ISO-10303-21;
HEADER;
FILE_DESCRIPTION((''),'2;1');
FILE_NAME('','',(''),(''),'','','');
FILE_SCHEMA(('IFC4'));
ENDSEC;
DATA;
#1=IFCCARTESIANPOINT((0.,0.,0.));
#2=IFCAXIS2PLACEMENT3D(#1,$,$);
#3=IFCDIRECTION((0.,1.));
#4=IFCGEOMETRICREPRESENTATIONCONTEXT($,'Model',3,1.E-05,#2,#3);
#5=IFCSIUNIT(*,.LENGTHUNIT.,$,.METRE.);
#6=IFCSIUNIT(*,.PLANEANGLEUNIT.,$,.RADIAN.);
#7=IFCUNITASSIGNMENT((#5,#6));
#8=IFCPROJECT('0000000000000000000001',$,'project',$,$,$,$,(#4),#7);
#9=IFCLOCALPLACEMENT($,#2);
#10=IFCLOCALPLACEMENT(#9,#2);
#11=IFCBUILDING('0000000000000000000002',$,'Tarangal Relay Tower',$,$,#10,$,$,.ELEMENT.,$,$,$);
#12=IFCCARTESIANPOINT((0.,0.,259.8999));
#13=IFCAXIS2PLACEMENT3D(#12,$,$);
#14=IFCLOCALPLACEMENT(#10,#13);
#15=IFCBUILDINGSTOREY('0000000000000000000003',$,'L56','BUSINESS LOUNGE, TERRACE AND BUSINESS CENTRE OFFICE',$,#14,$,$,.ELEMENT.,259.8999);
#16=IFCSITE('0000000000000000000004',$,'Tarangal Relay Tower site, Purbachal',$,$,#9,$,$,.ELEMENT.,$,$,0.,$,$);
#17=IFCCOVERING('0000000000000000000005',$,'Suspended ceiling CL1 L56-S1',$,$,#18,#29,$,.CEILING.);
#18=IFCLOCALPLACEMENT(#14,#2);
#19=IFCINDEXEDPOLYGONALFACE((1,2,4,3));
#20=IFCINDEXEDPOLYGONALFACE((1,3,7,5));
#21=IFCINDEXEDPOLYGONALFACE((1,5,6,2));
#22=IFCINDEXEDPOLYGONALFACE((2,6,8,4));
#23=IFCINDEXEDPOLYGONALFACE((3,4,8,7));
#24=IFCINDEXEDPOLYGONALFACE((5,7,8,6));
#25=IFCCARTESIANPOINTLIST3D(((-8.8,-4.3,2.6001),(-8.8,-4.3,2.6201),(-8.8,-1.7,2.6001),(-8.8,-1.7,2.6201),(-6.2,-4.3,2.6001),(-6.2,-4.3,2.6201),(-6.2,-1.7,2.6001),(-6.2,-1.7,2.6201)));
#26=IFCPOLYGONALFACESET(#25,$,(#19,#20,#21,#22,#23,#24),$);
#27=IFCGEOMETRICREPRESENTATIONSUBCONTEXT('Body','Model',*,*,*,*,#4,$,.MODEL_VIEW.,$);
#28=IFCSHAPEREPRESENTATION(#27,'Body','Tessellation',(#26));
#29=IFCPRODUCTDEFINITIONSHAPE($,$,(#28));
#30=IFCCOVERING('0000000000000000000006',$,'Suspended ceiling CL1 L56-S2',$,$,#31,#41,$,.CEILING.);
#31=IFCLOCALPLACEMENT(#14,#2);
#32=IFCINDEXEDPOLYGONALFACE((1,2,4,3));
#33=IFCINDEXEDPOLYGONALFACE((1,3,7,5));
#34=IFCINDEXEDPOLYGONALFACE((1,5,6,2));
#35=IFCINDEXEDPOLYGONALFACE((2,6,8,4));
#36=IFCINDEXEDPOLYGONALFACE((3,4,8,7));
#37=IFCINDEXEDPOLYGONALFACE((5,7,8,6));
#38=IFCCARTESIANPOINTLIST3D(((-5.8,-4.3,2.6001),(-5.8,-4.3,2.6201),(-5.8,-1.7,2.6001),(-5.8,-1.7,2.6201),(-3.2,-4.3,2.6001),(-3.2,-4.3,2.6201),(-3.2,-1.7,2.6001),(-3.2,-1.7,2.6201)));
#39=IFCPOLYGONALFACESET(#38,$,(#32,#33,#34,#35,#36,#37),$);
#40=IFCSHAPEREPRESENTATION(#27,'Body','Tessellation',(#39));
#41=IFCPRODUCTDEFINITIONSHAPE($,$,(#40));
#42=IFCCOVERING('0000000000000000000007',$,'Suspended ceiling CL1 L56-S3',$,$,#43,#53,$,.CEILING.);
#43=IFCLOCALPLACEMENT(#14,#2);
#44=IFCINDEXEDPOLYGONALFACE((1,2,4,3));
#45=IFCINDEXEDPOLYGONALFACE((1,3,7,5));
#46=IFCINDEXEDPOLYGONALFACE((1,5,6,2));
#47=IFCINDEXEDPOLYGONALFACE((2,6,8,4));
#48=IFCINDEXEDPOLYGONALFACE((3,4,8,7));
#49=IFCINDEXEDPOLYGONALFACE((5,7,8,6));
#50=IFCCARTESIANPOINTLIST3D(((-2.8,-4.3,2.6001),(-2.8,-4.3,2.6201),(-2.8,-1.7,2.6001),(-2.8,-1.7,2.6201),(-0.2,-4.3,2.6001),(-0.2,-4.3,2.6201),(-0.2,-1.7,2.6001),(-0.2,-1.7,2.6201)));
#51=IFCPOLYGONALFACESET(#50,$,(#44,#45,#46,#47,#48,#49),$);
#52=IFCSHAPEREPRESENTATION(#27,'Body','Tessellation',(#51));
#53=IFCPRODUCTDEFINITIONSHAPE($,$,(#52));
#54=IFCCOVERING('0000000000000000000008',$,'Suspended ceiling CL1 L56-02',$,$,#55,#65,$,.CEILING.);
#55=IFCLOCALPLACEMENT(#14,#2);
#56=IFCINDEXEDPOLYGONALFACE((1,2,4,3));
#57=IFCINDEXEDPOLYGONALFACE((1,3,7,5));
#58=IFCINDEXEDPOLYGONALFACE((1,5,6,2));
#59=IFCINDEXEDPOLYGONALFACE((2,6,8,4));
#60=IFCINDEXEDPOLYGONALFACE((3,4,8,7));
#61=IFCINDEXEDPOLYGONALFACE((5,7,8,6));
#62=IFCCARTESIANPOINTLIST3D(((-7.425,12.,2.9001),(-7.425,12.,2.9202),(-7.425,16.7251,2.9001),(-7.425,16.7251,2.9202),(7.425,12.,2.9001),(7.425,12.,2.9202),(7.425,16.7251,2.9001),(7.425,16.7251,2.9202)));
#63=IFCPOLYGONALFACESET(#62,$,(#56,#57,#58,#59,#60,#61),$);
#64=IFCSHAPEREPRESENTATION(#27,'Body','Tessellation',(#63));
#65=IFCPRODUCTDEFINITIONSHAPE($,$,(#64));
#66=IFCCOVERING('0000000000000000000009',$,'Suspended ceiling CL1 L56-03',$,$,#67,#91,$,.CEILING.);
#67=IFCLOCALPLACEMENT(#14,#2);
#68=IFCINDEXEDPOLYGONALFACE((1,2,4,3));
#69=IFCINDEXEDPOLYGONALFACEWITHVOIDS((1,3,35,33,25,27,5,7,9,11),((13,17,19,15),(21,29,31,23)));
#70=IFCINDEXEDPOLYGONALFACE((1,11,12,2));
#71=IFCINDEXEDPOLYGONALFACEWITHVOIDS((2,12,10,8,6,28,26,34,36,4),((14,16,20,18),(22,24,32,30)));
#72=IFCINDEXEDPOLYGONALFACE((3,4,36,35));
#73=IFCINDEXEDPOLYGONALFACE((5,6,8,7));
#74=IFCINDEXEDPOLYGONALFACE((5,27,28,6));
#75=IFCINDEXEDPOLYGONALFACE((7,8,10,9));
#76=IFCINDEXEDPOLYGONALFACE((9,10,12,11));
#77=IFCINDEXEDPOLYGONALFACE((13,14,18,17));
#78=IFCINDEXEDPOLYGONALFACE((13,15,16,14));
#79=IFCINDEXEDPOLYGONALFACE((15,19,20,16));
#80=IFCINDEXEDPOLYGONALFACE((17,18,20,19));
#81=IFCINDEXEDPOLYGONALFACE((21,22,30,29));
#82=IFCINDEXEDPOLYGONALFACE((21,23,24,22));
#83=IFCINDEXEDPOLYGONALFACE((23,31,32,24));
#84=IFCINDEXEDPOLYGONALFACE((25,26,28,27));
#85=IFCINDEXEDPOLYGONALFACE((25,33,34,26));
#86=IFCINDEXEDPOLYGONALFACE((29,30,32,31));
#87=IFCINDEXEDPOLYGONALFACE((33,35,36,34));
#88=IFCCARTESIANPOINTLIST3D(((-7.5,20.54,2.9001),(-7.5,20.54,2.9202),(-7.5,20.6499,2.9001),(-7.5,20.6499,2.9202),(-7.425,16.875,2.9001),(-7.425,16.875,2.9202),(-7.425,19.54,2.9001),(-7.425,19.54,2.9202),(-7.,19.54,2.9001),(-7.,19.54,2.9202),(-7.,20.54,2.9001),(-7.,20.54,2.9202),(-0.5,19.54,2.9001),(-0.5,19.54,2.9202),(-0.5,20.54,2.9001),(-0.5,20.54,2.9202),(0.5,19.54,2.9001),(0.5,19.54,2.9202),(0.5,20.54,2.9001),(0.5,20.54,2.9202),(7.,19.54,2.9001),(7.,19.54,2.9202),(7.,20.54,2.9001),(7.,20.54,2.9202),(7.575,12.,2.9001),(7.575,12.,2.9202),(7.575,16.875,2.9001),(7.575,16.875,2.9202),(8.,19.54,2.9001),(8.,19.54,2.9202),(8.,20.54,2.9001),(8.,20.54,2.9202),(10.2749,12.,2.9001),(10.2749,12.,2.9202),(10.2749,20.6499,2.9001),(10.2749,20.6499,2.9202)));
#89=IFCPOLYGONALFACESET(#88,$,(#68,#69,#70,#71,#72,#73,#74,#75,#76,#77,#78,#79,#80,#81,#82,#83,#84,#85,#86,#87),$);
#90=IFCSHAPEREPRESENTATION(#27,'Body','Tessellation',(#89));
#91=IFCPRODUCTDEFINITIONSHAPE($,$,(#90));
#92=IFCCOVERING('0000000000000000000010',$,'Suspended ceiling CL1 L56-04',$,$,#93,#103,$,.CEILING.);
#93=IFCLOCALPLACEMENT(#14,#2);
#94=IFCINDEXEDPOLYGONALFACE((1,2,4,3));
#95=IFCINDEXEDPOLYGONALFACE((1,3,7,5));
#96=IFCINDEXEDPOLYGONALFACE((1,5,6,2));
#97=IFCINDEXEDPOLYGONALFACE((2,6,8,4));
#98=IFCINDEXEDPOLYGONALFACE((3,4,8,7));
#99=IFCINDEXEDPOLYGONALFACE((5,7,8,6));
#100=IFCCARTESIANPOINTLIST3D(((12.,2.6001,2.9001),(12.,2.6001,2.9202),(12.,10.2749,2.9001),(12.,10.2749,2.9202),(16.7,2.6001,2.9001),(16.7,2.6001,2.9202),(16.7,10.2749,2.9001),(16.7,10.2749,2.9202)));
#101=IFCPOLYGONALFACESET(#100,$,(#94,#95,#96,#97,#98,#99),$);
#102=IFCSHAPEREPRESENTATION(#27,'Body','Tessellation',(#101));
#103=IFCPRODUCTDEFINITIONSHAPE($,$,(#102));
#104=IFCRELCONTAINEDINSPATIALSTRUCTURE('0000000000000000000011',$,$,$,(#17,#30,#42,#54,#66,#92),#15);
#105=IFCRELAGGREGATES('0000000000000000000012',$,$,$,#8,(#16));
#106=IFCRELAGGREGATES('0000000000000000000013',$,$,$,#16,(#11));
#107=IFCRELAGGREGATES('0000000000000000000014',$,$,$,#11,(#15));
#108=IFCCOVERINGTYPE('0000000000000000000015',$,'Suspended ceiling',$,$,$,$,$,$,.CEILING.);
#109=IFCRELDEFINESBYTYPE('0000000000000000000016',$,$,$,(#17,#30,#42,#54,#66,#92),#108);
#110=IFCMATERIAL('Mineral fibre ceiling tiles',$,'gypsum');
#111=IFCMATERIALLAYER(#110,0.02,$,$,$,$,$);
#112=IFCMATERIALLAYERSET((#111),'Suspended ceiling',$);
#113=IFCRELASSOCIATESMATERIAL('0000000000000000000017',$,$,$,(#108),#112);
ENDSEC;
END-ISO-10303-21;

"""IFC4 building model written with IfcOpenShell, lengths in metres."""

from ifc_helpers import new_model, si_unit, direction, frame, origin, place, context, subcontext, project, spatial, polyline, outline, extrude, material, layer, layer_set, type_object, element, save


model = new_model("IFC4")

# Units and contexts
model_context = context("Model", 3, precision=1e-05, world=origin(), true_north=direction((0.0, 1.0)))
body_context = subcontext(model_context, "Body", "Model", "MODEL_VIEW")
ifc_project = project(units=[si_unit("LENGTHUNIT", "METRE"), si_unit("PLANEANGLEUNIT", "RADIAN")], contexts=[model_context])

# Site, building, storey
site_placement = place(None, origin())
site = spatial("IfcSite", under=ifc_project, at=site_placement, Name="Tarangal Relay Tower site, Purbachal", CompositionType="ELEMENT", RefElevation=0.0)
building_placement = place(site_placement, origin())
building = spatial("IfcBuilding", under=site, at=building_placement, Name="Tarangal Relay Tower", CompositionType="ELEMENT")
storey_placement = place(building_placement, frame((0.0, 0.0, 259.8999)))
storey = spatial("IfcBuildingStorey", under=building, at=storey_placement, Name="L56", Description="BUSINESS LOUNGE, TERRACE AND BUSINESS CENTRE OFFICE", CompositionType="ELEMENT", Elevation=259.8999)

# Coverings
ifc_material_1 = material(Name="Mineral fibre ceiling tiles", Category="gypsum")
ifc_layer_1 = layer(ifc_material_1, 0.02)
ifc_layer_set_1 = layer_set([ifc_layer_1], Name="Suspended ceiling")
covering_type_1 = type_object("IfcCoveringType", Name="Suspended ceiling", PredefinedType="CEILING", material=ifc_layer_set_1)
covering_1_placement = place(storey_placement, frame((0.0, 0.0, 2.6001)))
element("IfcCovering", 1, at=covering_1_placement, inside=storey, type_object=covering_type_1, Name="Suspended ceiling CL1 L56-S1", PredefinedType="CEILING", context=body_context, shape_type="SweptSolid", body=[
    extrude(outline(polyline([(-8.8, -4.3), (-6.2, -4.3), (-6.2, -1.7), (-8.8, -1.7), (-8.8, -4.3)])), origin(), (0.0, 0.0, 1.0), 0.02),
])
covering_2_placement = place(storey_placement, frame((0.0, 0.0, 2.6001)))
element("IfcCovering", 2, at=covering_2_placement, inside=storey, type_object=covering_type_1, Name="Suspended ceiling CL1 L56-S2", PredefinedType="CEILING", context=body_context, shape_type="SweptSolid", body=[
    extrude(outline(polyline([(-5.8, -4.3), (-3.2, -4.3), (-3.2, -1.7), (-5.8, -1.7), (-5.8, -4.3)])), origin(), (0.0, 0.0, 1.0), 0.02),
])
covering_3_placement = place(storey_placement, frame((0.0, 0.0, 2.6001)))
element("IfcCovering", 3, at=covering_3_placement, inside=storey, type_object=covering_type_1, Name="Suspended ceiling CL1 L56-S3", PredefinedType="CEILING", context=body_context, shape_type="SweptSolid", body=[
    extrude(outline(polyline([(-2.8, -4.3), (-0.2, -4.3), (-0.2, -1.7), (-2.8, -1.7), (-2.8, -4.3)])), origin(), (0.0, 0.0, 1.0), 0.02),
])
covering_4_placement = place(storey_placement, frame((0.0, 0.0, 2.9001)))
element("IfcCovering", 4, at=covering_4_placement, inside=storey, type_object=covering_type_1, Name="Suspended ceiling CL1 L56-02", PredefinedType="CEILING", context=body_context, shape_type="SweptSolid", body=[
    extrude(outline(polyline([(7.425, 12.0), (7.425, 16.7251), (-7.425, 16.7251), (-7.425, 12.0), (7.425, 12.0)])), origin(), (0.0, 0.0, 1.0), 0.02),
])
covering_5_placement = place(storey_placement, frame((0.0, 0.0, 2.9001)))
element("IfcCovering", 5, at=covering_5_placement, inside=storey, type_object=covering_type_1, Name="Suspended ceiling CL1 L56-03", PredefinedType="CEILING", context=body_context, shape_type="SweptSolid", body=[
    extrude(outline(polyline([(-7.5, 20.6499), (-7.5, 20.54), (-7.0, 20.54), (-7.0, 19.54), (-7.425, 19.54), (-7.425, 16.875), (7.575, 16.875), (7.575, 12.0), (10.2749, 12.0), (10.2749, 20.6499), (-7.5, 20.6499)]), holes=[polyline([(-0.5, 19.54), (0.5, 19.54), (0.5, 20.54), (-0.5, 20.54), (-0.5, 19.54)]), polyline([(7.0, 19.54), (8.0, 19.54), (8.0, 20.54), (7.0, 20.54), (7.0, 19.54)])]), origin(), (0.0, 0.0, 1.0), 0.02),
])
covering_6_placement = place(storey_placement, frame((0.0, 0.0, 2.9001)))
element("IfcCovering", 6, at=covering_6_placement, inside=storey, type_object=covering_type_1, Name="Suspended ceiling CL1 L56-04", PredefinedType="CEILING", context=body_context, shape_type="SweptSolid", body=[
    extrude(outline(polyline([(12.0, 2.6001), (16.7, 2.6001), (16.7, 10.2749), (12.0, 10.2749), (12.0, 2.6001)])), origin(), (0.0, 0.0, 1.0), 0.02),
])

save(model, "model.ifc")
